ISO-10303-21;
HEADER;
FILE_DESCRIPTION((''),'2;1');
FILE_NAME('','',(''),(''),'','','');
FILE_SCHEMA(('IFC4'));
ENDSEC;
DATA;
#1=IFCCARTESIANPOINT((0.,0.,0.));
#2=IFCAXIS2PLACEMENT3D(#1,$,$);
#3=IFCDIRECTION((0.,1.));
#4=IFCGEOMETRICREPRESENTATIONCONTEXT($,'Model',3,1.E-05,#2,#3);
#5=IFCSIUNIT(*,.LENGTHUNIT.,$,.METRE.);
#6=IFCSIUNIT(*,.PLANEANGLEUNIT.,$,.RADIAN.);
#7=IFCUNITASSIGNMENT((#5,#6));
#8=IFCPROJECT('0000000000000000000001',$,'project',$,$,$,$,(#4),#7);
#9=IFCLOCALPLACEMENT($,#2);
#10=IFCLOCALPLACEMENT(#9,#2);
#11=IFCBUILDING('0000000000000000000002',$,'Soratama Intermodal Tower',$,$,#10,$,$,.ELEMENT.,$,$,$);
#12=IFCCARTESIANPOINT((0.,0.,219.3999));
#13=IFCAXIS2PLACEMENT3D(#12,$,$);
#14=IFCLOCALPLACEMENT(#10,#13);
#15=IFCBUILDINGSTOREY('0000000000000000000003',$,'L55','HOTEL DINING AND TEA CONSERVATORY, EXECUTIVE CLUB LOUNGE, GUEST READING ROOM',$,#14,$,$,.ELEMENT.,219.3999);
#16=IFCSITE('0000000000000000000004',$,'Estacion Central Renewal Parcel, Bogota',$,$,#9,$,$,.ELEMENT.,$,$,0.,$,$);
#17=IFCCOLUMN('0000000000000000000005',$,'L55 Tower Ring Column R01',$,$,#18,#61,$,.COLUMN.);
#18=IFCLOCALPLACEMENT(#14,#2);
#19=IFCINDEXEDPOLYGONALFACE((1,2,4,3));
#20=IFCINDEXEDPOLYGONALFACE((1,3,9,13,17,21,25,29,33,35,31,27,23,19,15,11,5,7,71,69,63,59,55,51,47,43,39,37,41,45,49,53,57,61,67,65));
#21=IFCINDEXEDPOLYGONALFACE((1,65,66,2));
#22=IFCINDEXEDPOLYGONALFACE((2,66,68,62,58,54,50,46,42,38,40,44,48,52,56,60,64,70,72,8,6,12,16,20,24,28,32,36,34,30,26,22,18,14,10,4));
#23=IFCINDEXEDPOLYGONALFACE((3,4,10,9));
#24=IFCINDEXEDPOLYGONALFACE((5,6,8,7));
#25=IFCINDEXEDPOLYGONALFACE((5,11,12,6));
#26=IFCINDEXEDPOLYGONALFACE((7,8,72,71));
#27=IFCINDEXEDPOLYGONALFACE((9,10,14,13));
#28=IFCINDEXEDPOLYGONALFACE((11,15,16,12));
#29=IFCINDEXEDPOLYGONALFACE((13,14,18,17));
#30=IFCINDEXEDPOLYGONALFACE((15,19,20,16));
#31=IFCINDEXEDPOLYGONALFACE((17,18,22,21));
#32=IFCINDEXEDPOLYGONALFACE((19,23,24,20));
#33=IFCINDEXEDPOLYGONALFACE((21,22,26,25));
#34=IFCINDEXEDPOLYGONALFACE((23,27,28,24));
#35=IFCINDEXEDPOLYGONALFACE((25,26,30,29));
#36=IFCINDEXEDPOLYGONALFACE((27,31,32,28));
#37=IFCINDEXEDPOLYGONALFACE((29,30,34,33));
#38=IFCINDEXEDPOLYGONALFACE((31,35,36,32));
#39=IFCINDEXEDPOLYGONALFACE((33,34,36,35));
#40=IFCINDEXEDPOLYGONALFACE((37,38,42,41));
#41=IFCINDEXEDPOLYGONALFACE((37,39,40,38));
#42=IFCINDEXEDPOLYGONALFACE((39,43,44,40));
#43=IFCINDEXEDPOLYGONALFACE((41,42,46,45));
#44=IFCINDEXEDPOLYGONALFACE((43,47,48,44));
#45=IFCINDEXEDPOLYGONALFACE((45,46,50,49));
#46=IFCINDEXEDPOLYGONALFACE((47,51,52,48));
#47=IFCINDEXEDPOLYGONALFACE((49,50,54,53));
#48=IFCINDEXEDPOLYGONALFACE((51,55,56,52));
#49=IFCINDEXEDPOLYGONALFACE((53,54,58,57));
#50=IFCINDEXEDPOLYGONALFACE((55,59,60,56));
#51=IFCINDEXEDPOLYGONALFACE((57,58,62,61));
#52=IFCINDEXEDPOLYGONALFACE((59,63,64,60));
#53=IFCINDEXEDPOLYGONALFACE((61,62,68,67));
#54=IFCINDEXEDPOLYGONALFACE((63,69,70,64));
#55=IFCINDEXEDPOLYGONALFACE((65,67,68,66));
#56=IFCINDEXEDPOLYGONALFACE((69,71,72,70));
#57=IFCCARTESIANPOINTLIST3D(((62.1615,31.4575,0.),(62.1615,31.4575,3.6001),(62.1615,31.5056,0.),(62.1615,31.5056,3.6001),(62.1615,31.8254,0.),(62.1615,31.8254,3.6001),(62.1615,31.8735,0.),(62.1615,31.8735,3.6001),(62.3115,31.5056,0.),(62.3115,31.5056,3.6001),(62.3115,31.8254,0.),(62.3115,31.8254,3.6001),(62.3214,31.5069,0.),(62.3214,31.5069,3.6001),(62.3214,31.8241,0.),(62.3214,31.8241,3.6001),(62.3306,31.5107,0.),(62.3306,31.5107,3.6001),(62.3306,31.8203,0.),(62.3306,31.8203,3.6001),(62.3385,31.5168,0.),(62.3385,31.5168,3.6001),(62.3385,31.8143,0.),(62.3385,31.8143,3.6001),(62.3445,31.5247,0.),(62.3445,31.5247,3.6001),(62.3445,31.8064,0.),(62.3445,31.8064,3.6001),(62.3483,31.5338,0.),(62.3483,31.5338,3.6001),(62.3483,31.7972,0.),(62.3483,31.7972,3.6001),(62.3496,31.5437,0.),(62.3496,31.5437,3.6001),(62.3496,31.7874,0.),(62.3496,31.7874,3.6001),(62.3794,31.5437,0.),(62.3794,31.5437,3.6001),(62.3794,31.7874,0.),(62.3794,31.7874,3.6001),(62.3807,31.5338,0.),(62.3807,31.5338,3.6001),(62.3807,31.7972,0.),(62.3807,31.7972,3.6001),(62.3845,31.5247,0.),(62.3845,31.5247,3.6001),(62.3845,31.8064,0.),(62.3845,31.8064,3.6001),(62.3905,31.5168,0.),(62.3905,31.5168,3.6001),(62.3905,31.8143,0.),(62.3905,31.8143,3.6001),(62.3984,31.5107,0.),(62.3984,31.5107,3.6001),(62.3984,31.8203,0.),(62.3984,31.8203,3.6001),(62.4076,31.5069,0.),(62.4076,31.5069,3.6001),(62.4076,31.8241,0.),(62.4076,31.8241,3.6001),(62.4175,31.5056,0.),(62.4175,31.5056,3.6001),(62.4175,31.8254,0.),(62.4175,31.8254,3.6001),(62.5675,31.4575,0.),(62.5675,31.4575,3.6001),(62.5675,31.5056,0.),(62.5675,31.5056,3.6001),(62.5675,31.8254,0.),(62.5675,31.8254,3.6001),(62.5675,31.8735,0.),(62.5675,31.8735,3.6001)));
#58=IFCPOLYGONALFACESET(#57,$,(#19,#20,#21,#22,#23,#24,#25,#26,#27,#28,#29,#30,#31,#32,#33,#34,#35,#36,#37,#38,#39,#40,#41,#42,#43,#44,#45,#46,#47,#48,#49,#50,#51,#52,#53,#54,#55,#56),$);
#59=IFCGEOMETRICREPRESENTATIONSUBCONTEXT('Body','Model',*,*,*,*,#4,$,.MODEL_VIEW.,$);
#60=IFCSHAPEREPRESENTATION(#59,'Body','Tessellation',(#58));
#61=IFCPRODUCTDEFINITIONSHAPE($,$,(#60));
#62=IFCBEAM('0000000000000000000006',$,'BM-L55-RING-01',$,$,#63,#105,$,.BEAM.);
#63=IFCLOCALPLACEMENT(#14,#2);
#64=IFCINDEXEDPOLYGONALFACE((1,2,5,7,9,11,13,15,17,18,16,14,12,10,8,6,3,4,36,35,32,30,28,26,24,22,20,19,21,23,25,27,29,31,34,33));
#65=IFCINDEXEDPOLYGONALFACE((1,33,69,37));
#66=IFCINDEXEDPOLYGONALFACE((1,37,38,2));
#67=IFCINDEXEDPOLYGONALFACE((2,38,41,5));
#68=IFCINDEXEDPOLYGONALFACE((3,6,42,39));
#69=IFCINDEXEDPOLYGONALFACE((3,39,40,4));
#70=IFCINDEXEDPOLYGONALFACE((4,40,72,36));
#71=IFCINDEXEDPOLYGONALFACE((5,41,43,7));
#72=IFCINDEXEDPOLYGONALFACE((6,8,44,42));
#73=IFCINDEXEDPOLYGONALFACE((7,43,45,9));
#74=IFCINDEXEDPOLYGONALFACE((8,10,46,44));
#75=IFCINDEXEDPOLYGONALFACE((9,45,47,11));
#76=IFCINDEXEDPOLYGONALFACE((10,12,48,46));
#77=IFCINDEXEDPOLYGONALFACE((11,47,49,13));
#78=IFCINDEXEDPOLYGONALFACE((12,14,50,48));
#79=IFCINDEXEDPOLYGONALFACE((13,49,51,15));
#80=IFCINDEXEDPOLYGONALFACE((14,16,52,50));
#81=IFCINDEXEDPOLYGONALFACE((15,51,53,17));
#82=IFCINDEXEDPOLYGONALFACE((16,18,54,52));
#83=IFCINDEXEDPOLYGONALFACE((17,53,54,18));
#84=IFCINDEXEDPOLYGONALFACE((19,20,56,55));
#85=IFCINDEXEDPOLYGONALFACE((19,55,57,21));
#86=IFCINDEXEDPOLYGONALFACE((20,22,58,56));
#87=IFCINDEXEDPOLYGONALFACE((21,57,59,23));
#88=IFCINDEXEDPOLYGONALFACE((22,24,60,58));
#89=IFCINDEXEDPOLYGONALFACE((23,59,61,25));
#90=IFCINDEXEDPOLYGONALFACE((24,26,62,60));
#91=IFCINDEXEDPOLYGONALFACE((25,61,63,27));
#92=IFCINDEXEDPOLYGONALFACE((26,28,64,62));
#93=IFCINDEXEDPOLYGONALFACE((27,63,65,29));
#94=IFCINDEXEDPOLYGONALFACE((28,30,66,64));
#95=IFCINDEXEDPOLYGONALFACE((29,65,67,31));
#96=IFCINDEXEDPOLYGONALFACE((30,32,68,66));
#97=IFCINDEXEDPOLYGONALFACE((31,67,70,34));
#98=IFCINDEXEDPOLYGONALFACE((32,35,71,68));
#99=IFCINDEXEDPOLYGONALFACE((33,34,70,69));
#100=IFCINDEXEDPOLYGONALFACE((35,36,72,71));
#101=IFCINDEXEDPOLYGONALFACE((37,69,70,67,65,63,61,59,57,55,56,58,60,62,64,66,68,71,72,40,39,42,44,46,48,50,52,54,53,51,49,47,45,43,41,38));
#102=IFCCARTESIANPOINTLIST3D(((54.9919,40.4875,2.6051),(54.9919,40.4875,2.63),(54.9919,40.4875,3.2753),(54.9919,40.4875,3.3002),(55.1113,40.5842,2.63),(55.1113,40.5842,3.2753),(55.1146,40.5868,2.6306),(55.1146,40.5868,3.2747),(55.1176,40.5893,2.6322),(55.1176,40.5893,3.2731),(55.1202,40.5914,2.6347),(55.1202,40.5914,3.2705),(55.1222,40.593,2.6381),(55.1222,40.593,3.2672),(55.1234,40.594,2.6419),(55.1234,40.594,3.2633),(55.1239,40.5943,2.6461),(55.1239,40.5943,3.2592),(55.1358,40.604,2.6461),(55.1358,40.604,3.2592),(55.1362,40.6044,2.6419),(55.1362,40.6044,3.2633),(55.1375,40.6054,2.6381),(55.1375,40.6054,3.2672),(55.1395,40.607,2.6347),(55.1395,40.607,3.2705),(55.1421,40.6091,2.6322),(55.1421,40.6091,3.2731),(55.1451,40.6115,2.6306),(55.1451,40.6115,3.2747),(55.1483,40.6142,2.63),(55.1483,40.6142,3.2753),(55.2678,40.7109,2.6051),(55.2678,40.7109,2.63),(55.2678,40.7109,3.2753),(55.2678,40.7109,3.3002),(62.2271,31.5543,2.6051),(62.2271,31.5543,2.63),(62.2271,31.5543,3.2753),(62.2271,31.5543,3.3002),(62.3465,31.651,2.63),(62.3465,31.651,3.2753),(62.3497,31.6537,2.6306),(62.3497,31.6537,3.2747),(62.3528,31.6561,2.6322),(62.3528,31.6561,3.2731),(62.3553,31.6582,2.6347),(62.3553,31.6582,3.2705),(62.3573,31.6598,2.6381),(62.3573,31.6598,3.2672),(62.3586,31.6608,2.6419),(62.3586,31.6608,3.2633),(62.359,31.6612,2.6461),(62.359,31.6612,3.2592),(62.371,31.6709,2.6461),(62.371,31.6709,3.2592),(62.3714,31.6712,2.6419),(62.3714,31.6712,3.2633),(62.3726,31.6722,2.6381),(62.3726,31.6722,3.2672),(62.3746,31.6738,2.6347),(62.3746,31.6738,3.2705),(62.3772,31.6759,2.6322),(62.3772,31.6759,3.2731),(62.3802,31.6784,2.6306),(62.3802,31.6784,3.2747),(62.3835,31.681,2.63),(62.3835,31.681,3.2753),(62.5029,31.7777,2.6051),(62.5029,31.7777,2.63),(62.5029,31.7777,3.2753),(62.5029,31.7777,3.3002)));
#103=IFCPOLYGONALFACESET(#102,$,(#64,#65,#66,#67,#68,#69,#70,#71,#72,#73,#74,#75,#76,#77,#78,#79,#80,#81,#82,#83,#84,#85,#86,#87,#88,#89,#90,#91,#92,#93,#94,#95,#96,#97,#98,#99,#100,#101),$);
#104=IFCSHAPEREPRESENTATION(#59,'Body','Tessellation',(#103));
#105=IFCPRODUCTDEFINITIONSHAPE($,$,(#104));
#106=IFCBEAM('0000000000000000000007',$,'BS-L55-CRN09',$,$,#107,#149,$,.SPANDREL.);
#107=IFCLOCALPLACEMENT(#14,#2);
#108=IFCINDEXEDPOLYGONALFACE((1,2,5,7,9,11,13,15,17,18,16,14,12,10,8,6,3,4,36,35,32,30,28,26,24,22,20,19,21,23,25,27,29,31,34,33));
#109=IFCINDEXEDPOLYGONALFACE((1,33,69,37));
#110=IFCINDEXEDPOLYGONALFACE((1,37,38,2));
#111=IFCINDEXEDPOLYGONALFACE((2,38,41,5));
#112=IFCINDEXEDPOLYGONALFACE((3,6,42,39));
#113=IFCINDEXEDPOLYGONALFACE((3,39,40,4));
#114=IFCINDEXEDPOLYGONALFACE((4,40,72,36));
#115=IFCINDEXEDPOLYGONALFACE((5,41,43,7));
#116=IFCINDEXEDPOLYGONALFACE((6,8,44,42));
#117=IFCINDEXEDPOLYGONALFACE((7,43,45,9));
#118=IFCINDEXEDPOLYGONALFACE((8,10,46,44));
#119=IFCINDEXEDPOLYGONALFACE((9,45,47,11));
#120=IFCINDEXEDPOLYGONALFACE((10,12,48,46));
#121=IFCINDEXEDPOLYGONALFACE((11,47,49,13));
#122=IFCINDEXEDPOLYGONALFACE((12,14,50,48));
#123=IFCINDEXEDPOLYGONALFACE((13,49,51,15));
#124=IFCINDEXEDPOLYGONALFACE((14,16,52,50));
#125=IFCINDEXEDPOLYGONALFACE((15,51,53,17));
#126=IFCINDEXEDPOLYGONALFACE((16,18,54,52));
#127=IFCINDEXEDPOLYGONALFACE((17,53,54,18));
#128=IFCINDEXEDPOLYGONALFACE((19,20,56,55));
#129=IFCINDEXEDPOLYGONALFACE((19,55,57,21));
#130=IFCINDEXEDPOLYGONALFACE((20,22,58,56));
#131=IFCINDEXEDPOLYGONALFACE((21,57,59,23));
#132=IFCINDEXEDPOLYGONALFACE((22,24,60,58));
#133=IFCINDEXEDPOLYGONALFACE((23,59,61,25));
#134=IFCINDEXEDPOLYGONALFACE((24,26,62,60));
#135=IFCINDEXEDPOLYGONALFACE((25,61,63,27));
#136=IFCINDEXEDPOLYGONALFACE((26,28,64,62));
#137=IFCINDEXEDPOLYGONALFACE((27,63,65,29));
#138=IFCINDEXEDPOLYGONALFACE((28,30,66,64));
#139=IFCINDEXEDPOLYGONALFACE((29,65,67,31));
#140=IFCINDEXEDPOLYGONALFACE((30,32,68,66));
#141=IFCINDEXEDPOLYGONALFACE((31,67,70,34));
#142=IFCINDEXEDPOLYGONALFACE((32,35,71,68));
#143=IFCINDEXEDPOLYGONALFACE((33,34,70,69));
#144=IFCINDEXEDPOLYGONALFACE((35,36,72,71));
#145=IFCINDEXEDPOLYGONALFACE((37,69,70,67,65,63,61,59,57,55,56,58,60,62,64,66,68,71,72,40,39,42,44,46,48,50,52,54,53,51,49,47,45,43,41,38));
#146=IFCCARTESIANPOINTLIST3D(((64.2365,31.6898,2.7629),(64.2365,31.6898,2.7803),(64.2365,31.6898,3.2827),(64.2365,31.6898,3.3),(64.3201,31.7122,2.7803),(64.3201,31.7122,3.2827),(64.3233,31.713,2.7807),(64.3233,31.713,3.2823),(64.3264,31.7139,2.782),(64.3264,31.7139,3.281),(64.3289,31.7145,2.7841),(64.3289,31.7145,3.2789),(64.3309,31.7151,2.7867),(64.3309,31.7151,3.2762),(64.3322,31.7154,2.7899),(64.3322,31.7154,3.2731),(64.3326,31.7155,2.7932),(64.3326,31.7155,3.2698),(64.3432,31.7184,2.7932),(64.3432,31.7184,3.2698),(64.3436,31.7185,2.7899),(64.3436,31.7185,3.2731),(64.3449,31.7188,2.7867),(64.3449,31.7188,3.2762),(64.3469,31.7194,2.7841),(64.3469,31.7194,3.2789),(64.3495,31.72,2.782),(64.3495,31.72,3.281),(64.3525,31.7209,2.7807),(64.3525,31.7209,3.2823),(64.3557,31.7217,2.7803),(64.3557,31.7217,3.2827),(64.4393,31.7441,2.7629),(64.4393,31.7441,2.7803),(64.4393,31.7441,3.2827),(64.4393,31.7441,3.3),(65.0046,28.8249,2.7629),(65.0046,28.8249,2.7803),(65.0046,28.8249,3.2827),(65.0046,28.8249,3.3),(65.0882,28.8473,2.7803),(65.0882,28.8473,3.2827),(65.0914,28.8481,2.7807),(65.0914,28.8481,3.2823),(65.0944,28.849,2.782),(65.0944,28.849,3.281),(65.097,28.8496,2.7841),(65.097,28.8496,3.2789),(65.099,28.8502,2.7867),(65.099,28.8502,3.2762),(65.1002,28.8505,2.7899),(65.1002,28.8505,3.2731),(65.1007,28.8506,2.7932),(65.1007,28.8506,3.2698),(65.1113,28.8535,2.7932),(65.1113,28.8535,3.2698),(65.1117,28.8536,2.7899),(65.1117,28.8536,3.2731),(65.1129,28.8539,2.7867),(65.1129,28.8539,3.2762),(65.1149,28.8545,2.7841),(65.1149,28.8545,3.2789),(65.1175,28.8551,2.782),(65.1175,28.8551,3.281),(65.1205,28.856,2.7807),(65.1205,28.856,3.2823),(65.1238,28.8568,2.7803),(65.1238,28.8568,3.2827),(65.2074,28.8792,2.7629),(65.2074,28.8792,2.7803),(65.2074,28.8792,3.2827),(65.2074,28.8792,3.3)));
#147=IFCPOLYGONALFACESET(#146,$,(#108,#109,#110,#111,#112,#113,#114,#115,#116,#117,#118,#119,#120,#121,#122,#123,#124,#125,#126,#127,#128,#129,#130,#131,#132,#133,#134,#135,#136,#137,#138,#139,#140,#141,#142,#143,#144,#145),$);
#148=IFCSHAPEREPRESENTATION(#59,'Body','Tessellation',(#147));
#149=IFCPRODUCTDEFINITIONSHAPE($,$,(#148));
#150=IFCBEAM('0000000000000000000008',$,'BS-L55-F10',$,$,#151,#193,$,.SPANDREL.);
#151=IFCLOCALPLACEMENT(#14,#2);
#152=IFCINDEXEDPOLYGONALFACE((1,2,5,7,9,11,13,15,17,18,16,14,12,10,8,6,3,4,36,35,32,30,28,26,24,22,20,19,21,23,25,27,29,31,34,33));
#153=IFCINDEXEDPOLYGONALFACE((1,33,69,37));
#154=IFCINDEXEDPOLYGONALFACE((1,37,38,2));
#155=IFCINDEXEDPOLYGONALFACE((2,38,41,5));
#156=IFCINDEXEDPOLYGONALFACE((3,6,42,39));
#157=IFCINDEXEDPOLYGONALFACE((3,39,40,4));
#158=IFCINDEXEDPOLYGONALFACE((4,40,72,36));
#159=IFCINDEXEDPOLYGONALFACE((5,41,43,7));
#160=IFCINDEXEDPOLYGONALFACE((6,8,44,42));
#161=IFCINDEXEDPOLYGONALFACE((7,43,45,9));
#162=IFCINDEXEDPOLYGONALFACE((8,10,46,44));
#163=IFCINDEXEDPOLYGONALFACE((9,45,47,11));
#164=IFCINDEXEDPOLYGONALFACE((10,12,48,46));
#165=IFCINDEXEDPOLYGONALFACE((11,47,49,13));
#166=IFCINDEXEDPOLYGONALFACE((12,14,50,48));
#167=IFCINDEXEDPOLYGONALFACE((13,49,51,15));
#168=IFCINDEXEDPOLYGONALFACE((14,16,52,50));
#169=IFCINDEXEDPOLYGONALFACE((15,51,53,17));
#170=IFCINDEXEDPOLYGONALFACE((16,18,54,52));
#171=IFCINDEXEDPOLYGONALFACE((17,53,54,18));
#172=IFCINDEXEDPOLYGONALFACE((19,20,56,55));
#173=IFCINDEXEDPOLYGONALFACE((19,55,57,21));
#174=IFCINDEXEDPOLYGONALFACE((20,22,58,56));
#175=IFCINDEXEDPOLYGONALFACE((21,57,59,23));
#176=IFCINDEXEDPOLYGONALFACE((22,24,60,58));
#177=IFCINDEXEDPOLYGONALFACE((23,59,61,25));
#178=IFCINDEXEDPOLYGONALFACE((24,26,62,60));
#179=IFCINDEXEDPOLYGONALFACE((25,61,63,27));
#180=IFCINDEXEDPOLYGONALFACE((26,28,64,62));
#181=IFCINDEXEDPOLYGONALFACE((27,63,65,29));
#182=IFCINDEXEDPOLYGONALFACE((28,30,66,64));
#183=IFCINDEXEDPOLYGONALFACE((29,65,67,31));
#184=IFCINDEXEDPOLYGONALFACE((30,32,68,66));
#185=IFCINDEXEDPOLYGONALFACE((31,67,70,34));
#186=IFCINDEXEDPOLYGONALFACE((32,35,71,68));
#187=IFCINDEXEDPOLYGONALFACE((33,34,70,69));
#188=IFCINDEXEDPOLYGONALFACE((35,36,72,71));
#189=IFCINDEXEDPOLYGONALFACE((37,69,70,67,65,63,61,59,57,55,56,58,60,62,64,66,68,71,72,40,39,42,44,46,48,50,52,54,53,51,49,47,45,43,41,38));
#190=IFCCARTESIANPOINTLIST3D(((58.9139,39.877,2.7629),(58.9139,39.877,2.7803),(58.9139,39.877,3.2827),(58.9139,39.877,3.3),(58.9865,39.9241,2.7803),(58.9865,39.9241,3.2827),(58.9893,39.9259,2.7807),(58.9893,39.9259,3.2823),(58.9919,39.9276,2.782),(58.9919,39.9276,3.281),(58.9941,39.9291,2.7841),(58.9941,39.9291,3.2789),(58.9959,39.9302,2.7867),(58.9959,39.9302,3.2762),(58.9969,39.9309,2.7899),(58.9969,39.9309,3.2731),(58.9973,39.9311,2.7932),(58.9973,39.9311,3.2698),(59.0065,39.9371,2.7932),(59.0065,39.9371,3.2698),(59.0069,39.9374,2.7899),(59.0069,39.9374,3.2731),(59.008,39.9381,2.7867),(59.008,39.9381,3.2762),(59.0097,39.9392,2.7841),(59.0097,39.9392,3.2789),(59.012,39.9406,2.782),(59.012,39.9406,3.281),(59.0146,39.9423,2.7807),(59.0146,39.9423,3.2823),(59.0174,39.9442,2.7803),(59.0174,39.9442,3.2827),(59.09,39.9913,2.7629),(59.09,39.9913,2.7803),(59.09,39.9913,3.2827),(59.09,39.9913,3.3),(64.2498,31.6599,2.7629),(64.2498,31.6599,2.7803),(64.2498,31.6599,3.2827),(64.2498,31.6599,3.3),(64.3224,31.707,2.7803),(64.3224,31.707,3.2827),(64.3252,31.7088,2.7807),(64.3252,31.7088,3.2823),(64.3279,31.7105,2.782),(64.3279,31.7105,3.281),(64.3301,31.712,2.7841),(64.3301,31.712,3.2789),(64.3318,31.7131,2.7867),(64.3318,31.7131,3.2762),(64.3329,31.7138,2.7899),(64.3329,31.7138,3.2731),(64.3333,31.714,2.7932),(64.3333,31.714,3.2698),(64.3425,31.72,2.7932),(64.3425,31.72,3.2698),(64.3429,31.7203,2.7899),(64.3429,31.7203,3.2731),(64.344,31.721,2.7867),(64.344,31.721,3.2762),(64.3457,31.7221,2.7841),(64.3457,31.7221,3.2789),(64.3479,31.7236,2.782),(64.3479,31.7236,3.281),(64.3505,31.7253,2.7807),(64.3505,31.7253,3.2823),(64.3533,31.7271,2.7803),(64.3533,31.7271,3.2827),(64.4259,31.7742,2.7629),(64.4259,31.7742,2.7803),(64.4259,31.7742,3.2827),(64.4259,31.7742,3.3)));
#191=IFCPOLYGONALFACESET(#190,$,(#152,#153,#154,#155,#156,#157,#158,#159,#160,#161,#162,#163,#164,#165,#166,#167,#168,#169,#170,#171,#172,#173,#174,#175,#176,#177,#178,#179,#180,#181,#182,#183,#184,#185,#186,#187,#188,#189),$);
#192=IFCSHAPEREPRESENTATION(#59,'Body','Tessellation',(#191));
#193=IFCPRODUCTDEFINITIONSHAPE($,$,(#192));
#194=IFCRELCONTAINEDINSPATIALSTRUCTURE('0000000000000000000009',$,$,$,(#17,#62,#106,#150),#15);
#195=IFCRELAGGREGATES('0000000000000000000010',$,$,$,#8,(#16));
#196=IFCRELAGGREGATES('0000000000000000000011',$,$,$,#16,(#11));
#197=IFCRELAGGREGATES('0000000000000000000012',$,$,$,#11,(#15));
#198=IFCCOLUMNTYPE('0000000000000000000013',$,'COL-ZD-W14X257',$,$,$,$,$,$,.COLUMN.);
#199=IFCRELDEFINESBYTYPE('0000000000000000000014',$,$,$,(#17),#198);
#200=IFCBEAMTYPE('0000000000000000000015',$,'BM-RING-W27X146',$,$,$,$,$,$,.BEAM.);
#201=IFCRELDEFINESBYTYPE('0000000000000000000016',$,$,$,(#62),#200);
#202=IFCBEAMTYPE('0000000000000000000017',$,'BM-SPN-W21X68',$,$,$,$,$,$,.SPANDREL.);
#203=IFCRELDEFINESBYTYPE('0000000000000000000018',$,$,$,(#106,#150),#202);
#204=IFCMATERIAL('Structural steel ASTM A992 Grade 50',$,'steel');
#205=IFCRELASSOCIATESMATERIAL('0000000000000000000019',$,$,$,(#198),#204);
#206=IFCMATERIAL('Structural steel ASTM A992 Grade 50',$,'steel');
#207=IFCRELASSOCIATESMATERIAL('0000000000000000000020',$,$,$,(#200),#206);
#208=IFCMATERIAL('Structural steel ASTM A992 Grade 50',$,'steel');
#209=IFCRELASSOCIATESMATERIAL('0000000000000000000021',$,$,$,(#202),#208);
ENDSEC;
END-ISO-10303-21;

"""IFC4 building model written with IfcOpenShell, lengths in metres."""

from ifc_helpers import new_model, si_unit, direction, frame, origin, origin_2d, place, context, subcontext, project, spatial, i_section, extrude, material, material_profile, profile_set, type_object, element, save


model = new_model("IFC4")

# Units and contexts
model_context = context("Model", 3, precision=1e-05, world=origin(), true_north=direction((0.0, 1.0)))
body_context = subcontext(model_context, "Body", "Model", "MODEL_VIEW")
ifc_project = project(units=[si_unit("LENGTHUNIT", "METRE"), si_unit("PLANEANGLEUNIT", "RADIAN")], contexts=[model_context])

# Site, building, storey
site_placement = place(None, origin())
site = spatial("IfcSite", under=ifc_project, at=site_placement, Name="Estacion Central Renewal Parcel, Bogota", CompositionType="ELEMENT", RefElevation=0.0)
building_placement = place(site_placement, origin())
building = spatial("IfcBuilding", under=site, at=building_placement, Name="Soratama Intermodal Tower", CompositionType="ELEMENT")
storey_placement = place(building_placement, frame((0.0, 0.0, 219.3999)))
storey = spatial("IfcBuildingStorey", under=building, at=storey_placement, Name="L55", Description="HOTEL DINING AND TEA CONSERVATORY, EXECUTIVE CLUB LOUNGE, GUEST READING ROOM", CompositionType="ELEMENT", Elevation=219.3999)

# Column
ifc_material_1 = material(Name="Structural steel ASTM A992 Grade 50", Category="steel")
ifc_material_profile_1 = material_profile(ifc_material_1, i_section(OverallWidth=0.406, OverallDepth=0.416, WebThickness=0.0298, FlangeThickness=0.0481, FilletRadius=0.0381, at=origin_2d()), Name="W14X257")
ifc_profile_set_1 = profile_set([ifc_material_profile_1], Name="Structural steel ASTM A992 Grade 50")
column_type = type_object("IfcColumnType", Name="COL-ZD-W14X257", PredefinedType="COLUMN", material=ifc_profile_set_1)
column_placement = place(storey_placement, frame((62.3645, 31.6655, 0.0), z_axis=(0.0, 0.0, 1.0), x_axis=(1.0, 0.0, 0.0)))
element("IfcColumn", 1, at=column_placement, inside=storey, type_object=column_type, Name="L55 Tower Ring Column R01", PredefinedType="COLUMN", context=body_context, shape_type="SweptSolid", body=[
    extrude(i_section(OverallWidth=0.406, OverallDepth=0.416, WebThickness=0.0298, FlangeThickness=0.0481, FilletRadius=0.0381, at=origin_2d()), origin(), (0.0, 0.0, 1.0), 3.6001),
])

# Beams
ifc_material_2 = material(Name="Structural steel ASTM A992 Grade 50", Category="steel")
ifc_material_profile_2 = material_profile(ifc_material_2, i_section(OverallWidth=0.355, OverallDepth=0.6951, WebThickness=0.0154, FlangeThickness=0.0249, FilletRadius=0.0161, at=origin_2d()), Name="W27X146")
ifc_profile_set_2 = profile_set([ifc_material_profile_2], Name="Structural steel ASTM A992 Grade 50")
beam_type_1 = type_object("IfcBeamType", Name="BM-RING-W27X146", PredefinedType="BEAM", material=ifc_profile_set_2)
beam_1_placement = place(storey_placement, frame((62.365, 31.666, 2.9526), z_axis=(-0.629385, 0.777094, 0.0), x_axis=(-0.777094, -0.629385, 0.0)))
element("IfcBeam", 2, at=beam_1_placement, inside=storey, type_object=beam_type_1, Name="BM-L55-RING-01", PredefinedType="BEAM", context=body_context, shape_type="SweptSolid", body=[
    extrude(i_section(OverallWidth=0.355, OverallDepth=0.6951, WebThickness=0.0154, FlangeThickness=0.0249, FilletRadius=0.0161, at=origin_2d()), origin(), (0.0, 0.0, 1.0), 11.4956),
])
ifc_material_3 = material(Name="Structural steel ASTM A992 Grade 50", Category="steel")
ifc_material_profile_3 = material_profile(ifc_material_3, i_section(OverallWidth=0.21, OverallDepth=0.5371, WebThickness=0.011, FlangeThickness=0.0173, FilletRadius=0.0129, at=origin_2d()), Name="W21X68")
ifc_profile_set_3 = profile_set([ifc_material_profile_3], Name="Structural steel ASTM A992 Grade 50")
beam_type_2 = type_object("IfcBeamType", Name="BM-SPN-W21X68", PredefinedType="SPANDREL", material=ifc_profile_set_3)
beam_2_placement = place(storey_placement, frame((65.106, 28.8521, 3.0315), z_axis=(-0.258943, 0.965893, 0.0), x_axis=(-0.965893, -0.258943, 0.0)))
element("IfcBeam", 3, at=beam_2_placement, inside=storey, type_object=beam_type_2, Name="BS-L55-CRN09", PredefinedType="SPANDREL", context=body_context, shape_type="SweptSolid", body=[
    extrude(i_section(OverallWidth=0.21, OverallDepth=0.5371, WebThickness=0.011, FlangeThickness=0.0173, FilletRadius=0.0129, at=origin_2d()), origin(), (0.0, 0.0, 1.0), 2.9661),
])
beam_3_placement = place(storey_placement, frame((64.3379, 31.717, 3.0315), z_axis=(-0.54462, 0.838683, 0.0), x_axis=(-0.838683, -0.54462, 0.0)))
element("IfcBeam", 4, at=beam_3_placement, inside=storey, type_object=beam_type_2, Name="BS-L55-F10", PredefinedType="SPANDREL", context=body_context, shape_type="SweptSolid", body=[
    extrude(i_section(OverallWidth=0.21, OverallDepth=0.5371, WebThickness=0.011, FlangeThickness=0.0173, FilletRadius=0.0129, at=origin_2d()), origin(), (0.0, 0.0, 1.0), 9.7976),
])

save(model, "model.ifc")
